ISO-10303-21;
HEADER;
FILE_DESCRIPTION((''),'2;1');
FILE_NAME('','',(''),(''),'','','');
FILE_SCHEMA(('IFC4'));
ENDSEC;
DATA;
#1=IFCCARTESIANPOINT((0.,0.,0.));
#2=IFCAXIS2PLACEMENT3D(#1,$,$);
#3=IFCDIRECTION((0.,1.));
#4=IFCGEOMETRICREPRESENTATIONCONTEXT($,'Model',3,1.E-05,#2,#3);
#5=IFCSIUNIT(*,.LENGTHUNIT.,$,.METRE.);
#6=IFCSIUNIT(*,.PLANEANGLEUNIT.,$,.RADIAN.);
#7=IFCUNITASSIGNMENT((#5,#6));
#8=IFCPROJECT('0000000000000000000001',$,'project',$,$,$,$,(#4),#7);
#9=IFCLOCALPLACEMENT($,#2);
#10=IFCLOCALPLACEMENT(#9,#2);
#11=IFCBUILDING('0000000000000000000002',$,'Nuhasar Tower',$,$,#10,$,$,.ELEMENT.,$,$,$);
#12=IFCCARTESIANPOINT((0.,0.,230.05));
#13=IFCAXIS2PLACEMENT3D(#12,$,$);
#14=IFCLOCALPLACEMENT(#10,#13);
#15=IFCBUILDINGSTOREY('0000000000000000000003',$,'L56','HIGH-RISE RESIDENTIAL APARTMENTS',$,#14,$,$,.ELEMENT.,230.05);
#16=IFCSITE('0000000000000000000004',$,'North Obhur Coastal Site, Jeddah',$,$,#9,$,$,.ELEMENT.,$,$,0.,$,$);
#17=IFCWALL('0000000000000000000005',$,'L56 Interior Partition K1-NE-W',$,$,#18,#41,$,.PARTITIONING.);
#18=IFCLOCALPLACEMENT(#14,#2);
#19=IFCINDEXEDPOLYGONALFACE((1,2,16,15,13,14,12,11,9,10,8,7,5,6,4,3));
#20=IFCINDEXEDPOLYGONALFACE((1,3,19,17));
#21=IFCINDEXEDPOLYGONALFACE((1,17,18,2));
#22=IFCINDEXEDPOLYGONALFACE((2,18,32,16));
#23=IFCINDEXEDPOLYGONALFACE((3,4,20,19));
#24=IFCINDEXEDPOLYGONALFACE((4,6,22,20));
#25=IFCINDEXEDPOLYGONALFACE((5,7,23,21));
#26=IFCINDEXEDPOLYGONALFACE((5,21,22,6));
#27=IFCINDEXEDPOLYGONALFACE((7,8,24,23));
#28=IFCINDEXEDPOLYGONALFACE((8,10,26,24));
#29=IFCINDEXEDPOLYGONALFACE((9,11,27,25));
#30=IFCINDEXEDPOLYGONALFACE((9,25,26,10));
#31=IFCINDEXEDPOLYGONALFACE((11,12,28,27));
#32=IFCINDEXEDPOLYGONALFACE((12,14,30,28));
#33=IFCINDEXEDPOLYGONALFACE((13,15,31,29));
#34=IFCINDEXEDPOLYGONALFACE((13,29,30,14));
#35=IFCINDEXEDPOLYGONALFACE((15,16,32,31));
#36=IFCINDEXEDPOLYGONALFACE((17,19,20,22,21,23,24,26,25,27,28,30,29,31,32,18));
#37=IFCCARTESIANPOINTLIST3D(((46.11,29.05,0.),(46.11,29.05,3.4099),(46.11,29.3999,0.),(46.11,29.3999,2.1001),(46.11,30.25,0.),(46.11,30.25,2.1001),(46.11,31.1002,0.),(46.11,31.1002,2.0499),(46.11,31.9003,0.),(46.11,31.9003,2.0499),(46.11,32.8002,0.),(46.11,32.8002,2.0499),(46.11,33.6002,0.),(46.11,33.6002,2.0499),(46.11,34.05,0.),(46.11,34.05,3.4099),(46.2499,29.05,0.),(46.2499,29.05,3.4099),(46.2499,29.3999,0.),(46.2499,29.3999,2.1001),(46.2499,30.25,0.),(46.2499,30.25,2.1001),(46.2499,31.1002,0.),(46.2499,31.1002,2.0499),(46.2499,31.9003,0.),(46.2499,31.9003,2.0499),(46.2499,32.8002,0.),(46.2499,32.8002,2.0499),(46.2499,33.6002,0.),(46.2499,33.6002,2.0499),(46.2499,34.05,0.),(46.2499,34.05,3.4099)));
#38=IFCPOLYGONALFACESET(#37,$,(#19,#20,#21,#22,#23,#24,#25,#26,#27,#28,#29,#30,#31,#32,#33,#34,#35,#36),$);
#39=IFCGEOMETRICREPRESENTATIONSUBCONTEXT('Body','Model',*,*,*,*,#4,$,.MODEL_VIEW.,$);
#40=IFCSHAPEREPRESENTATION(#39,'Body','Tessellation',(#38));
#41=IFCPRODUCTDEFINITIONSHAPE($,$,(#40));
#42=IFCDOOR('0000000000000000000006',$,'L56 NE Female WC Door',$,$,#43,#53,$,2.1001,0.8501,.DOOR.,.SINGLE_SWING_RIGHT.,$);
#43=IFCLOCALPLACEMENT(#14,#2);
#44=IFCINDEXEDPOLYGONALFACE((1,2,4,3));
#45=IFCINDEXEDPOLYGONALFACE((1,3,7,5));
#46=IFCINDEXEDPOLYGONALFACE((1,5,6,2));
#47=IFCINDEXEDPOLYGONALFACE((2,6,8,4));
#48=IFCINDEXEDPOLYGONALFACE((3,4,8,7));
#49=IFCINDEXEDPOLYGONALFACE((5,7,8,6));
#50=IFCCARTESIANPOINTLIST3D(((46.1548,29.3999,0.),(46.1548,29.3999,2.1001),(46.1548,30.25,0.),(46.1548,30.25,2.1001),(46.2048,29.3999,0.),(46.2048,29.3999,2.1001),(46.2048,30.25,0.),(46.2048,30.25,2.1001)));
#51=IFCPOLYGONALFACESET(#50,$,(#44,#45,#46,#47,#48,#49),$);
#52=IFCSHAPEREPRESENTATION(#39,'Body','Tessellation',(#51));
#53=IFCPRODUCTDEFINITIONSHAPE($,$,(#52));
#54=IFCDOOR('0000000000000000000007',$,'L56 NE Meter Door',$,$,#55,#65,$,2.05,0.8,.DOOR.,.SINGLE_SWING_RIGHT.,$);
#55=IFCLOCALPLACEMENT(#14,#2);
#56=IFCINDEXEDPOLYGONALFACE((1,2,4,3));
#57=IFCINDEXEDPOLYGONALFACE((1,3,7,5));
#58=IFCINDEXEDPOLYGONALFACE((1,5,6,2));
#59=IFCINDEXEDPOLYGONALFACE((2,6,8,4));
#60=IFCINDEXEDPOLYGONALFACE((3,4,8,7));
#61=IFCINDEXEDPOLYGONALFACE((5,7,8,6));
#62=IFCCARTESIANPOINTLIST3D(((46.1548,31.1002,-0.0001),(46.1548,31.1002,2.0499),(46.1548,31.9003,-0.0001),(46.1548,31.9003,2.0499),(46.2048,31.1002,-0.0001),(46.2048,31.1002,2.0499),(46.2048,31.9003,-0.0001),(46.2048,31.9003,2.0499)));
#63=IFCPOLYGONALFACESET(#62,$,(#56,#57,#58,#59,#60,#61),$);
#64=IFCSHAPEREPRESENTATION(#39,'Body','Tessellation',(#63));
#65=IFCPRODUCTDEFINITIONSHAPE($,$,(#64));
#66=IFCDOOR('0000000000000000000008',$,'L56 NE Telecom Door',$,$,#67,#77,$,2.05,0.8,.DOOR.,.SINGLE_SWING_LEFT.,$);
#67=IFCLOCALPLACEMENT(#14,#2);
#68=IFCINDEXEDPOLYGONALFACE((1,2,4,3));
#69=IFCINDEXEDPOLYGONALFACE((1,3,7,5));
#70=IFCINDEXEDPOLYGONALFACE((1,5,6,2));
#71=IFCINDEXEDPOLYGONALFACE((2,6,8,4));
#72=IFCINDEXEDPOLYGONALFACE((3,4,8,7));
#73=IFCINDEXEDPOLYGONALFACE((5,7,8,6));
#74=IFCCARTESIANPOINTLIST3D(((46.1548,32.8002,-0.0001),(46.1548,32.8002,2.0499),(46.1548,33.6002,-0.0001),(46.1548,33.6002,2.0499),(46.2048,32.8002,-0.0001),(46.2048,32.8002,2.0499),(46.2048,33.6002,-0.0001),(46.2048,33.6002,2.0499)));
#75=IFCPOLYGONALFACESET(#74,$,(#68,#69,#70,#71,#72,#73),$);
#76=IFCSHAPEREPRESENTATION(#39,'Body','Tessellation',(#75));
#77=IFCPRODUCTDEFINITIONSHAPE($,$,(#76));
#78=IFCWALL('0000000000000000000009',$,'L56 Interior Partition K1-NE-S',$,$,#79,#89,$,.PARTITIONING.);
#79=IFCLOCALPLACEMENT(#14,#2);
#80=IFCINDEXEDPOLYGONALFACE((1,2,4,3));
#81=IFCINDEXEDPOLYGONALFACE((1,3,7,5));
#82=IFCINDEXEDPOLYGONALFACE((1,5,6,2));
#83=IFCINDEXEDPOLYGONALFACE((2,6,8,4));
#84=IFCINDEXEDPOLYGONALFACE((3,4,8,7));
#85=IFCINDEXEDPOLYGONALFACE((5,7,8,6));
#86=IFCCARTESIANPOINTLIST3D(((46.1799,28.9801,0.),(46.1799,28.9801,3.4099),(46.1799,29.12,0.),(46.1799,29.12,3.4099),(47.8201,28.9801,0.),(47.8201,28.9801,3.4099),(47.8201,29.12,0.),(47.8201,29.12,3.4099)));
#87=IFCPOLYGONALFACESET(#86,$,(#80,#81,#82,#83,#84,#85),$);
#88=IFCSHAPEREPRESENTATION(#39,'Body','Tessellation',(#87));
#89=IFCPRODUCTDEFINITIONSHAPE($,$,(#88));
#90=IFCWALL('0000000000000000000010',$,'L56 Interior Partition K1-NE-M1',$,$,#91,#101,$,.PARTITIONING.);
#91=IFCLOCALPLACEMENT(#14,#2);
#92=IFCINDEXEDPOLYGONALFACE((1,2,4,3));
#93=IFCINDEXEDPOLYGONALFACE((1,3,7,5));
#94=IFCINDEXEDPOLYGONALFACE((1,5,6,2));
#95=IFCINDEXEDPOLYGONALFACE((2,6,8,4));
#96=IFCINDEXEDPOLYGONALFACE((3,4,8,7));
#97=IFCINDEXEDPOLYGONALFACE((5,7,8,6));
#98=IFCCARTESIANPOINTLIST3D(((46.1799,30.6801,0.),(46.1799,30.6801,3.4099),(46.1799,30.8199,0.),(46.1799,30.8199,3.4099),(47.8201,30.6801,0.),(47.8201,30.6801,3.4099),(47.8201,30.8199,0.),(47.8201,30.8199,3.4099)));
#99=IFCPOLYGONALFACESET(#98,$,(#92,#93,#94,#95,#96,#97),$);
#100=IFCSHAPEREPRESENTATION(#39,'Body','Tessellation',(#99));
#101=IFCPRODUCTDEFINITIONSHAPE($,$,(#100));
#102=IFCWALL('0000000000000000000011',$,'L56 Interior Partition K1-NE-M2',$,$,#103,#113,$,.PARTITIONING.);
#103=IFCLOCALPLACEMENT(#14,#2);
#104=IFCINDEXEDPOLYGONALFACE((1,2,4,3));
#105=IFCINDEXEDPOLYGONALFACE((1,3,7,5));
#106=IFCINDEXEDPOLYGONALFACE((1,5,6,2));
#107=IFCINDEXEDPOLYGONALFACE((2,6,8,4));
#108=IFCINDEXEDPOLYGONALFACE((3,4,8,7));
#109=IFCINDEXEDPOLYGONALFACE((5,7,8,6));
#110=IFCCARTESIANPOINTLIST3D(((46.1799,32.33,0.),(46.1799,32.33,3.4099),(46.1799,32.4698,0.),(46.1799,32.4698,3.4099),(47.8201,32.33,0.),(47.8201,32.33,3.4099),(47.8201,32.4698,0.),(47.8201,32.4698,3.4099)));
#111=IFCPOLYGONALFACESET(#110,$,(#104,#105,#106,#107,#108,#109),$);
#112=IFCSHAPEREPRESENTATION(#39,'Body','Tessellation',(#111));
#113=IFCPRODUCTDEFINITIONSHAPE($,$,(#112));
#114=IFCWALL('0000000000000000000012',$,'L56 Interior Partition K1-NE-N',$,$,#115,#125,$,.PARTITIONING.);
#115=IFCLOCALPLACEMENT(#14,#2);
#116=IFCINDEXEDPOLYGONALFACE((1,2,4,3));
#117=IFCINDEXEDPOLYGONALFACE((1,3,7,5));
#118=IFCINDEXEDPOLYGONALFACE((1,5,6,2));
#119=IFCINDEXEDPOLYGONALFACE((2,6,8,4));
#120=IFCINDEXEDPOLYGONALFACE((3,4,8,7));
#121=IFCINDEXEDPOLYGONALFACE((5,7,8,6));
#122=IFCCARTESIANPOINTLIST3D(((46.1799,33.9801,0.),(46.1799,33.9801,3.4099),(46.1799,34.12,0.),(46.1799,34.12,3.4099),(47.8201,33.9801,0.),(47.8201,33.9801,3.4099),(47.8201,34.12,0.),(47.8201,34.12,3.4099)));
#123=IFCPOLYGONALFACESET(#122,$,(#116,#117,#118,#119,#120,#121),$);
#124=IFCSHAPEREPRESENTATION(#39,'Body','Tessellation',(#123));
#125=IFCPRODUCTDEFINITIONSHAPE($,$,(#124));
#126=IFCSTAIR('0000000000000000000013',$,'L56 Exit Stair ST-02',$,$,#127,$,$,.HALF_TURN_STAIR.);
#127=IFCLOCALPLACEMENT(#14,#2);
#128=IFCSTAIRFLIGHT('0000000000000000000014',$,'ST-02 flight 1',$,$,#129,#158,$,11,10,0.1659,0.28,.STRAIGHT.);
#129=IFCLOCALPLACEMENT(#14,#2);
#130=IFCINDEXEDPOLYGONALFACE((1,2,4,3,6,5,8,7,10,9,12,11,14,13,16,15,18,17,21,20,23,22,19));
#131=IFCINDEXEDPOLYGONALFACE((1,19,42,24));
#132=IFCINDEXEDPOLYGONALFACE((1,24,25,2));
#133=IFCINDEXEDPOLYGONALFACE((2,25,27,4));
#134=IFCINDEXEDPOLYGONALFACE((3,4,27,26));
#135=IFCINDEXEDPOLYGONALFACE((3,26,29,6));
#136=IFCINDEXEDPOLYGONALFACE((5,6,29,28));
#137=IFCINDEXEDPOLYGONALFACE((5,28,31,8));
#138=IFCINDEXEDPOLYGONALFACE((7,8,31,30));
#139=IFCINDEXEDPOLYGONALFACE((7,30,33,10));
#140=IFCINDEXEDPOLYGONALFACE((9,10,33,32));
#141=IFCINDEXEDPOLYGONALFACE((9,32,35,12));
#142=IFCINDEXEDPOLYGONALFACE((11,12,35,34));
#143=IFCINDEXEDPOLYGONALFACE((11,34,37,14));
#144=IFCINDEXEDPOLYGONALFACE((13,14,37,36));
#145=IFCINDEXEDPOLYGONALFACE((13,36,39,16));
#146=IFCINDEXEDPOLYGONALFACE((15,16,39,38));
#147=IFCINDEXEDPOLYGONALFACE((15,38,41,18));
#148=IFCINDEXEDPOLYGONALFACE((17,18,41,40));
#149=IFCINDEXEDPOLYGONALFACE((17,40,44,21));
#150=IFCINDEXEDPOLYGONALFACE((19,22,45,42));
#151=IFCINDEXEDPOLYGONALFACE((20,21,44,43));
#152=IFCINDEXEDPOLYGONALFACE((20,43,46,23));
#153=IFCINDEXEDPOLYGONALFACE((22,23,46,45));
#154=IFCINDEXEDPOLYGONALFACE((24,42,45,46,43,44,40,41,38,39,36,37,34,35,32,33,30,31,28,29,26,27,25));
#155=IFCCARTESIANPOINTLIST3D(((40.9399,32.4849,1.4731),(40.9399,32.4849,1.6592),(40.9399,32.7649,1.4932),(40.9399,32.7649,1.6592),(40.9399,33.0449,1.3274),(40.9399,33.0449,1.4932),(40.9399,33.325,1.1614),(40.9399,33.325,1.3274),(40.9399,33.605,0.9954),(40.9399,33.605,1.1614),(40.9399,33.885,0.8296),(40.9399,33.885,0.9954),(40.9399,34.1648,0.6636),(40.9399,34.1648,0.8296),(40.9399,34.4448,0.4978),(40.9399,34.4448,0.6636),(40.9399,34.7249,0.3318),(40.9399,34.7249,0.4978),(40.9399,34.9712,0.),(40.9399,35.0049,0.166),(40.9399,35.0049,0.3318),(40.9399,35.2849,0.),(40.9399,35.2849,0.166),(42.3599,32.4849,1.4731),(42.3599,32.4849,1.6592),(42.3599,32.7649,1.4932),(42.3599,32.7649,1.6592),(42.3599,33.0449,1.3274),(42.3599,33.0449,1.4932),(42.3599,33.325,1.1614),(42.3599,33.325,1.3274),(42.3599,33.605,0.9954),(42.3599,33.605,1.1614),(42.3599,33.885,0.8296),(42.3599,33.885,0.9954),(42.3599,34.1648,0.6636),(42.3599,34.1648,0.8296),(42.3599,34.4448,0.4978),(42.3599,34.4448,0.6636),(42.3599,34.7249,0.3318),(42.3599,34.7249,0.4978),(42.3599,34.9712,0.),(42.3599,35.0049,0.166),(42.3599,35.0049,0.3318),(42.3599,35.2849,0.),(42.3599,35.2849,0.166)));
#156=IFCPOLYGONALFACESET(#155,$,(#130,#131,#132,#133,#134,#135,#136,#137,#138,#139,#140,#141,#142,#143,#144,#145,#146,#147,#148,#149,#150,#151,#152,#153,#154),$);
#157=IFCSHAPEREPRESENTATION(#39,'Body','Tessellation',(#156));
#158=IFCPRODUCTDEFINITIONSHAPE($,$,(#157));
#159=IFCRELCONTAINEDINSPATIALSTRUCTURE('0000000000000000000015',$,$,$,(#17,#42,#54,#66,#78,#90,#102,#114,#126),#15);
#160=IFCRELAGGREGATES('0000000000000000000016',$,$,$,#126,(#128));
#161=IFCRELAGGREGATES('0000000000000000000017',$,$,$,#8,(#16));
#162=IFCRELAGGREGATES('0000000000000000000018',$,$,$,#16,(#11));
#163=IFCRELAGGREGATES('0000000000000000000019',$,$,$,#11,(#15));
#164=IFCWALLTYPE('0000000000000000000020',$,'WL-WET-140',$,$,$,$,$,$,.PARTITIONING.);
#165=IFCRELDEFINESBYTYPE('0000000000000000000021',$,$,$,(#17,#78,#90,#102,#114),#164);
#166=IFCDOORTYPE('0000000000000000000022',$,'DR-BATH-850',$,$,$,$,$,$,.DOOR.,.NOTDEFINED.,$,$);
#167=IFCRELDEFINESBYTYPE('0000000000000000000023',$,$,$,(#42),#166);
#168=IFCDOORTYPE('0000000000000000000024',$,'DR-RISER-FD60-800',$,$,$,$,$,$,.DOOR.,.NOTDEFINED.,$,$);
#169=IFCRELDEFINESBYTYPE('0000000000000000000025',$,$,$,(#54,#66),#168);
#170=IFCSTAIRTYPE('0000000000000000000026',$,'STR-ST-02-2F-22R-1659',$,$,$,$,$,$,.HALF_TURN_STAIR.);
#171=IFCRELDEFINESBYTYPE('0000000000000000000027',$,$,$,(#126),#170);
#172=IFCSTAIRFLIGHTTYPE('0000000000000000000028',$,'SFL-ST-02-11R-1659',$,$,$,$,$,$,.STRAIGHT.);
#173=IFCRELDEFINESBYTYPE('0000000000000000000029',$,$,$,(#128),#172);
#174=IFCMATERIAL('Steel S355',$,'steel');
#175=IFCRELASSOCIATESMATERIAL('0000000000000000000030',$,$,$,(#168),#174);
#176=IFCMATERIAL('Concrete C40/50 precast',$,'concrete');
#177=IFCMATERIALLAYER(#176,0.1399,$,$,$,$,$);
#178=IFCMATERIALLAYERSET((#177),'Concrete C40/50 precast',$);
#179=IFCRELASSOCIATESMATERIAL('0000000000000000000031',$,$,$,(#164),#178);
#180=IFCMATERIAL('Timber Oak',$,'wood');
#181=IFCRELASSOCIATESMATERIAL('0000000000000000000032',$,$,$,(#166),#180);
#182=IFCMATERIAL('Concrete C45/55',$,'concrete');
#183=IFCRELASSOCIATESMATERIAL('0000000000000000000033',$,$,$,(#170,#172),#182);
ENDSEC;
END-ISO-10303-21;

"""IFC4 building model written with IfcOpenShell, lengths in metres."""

from ifc_helpers import new_model, si_unit, direction, frame, frame_2d, origin, place, context, subcontext, project, spatial, polyline, rectangle, outline, extrude, material, layer, layer_set, type_object, element, fill, aggregate, save


model = new_model("IFC4")

# Units and contexts
model_context = context("Model", 3, precision=1e-05, world=origin(), true_north=direction((0.0, 1.0)))
body_context = subcontext(model_context, "Body", "Model", "MODEL_VIEW")
ifc_project = project(units=[si_unit("LENGTHUNIT", "METRE"), si_unit("PLANEANGLEUNIT", "RADIAN")], contexts=[model_context])

# Site, building, storey
site_placement = place(None, origin())
site = spatial("IfcSite", under=ifc_project, at=site_placement, Name="North Obhur Coastal Site, Jeddah", CompositionType="ELEMENT", RefElevation=0.0)
building_placement = place(site_placement, origin())
building = spatial("IfcBuilding", under=site, at=building_placement, Name="Nuhasar Tower", CompositionType="ELEMENT")
storey_placement = place(building_placement, frame((0.0, 0.0, 230.05)))
storey = spatial("IfcBuildingStorey", under=building, at=storey_placement, Name="L56", Description="HIGH-RISE RESIDENTIAL APARTMENTS", CompositionType="ELEMENT", Elevation=230.05)

# Shared definitions
ifc_material_1 = material(Name="Steel S355", Category="steel")

# Shared definitions
ifc_material_2 = material(Name="Concrete C45/55", Category="concrete")

# Shared definitions
door_type_1 = type_object("IfcDoorType", Name="DR-RISER-FD60-800", OperationType="NOTDEFINED", PredefinedType="DOOR", material=ifc_material_1)

# Shared definitions
ifc_material_3 = material(Name="Concrete C40/50 precast", Category="concrete")
ifc_layer_1 = layer(ifc_material_3, 0.1399)
ifc_layer_set_1 = layer_set([ifc_layer_1], Name="Concrete C40/50 precast")
wall_type_1 = type_object("IfcWallType", Name="WL-WET-140", PredefinedType="PARTITIONING", material=ifc_layer_set_1)

# Wall, openings, doors
wall_1_placement = place(storey_placement, frame((46.1799, 34.05, 0.0), z_axis=(0.0, 0.0, 1.0), x_axis=(0.0, -1.0, 0.0)))
wall_1 = element("IfcWall", 1, at=wall_1_placement, inside=storey, type_object=wall_type_1, Name="L56 Interior Partition K1-NE-W", PredefinedType="PARTITIONING", context=body_context, shape_type="SweptSolid", body=[
    extrude(rectangle(XDim=5.0, YDim=0.1399, at=frame_2d((2.5, 0.0))), origin(), (0.0, 0.0, 1.0), 3.4099),
])
opening_1_placement = place(wall_1_placement, frame((3.8, 0.0, 0.0)))
opening_1 = element("IfcOpeningElement", 2, at=opening_1_placement, cuts=wall_1, PredefinedType="OPENING", context=body_context, shape_type="SweptSolid", body=[
    extrude(rectangle(XDim=0.8501, YDim=2.1001, at=frame_2d((0.425, 1.05))), frame((0.0, 0.0801, 0.0), z_axis=(0.0, -1.0, 0.0), x_axis=(1.0, 0.0, 0.0)), (0.0, 0.0, 1.0), 0.1599),
])
opening_2_placement = place(wall_1_placement, frame((2.1499, 0.0, 0.0)))
opening_2 = element("IfcOpeningElement", 3, at=opening_2_placement, cuts=wall_1, PredefinedType="OPENING", context=body_context, shape_type="SweptSolid", body=[
    extrude(rectangle(XDim=0.8, YDim=2.05, at=frame_2d((0.3999, 1.0249))), frame((0.0, 0.0801, 0.0), z_axis=(0.0, -1.0, 0.0), x_axis=(1.0, 0.0, 0.0)), (0.0, 0.0, 1.0), 0.1599),
])
opening_3_placement = place(wall_1_placement, frame((0.45, 0.0, 0.0)))
opening_3 = element("IfcOpeningElement", 4, at=opening_3_placement, cuts=wall_1, PredefinedType="OPENING", context=body_context, shape_type="SweptSolid", body=[
    extrude(rectangle(XDim=0.8, YDim=2.05, at=frame_2d((0.3999, 1.0249))), frame((0.0, 0.0801, 0.0), z_axis=(0.0, -1.0, 0.0), x_axis=(1.0, 0.0, 0.0)), (0.0, 0.0, 1.0), 0.1599),
])
ifc_material_4 = material(Name="Timber Oak", Category="wood")
door_type_2 = type_object("IfcDoorType", Name="DR-BATH-850", OperationType="NOTDEFINED", PredefinedType="DOOR", material=ifc_material_4)
door_1_placement = place(opening_1_placement, origin())
door_1 = element("IfcDoor", 5, at=door_1_placement, inside=storey, type_object=door_type_2, Name="L56 NE Female WC Door", OperationType="SINGLE_SWING_RIGHT", OverallHeight=2.1001, OverallWidth=0.8501, PredefinedType="DOOR", context=body_context, shape_type="SweptSolid", body=[
    extrude(rectangle(XDim=0.8501, YDim=2.1001, at=frame_2d((0.425, 1.05))), frame((0.0, 0.0249, 0.0), z_axis=(0.0, -1.0, 0.0), x_axis=(1.0, 0.0, 0.0)), (0.0, 0.0, 1.0), 0.05),
])
fill(opening_1, door_1)
door_2_placement = place(opening_2_placement, origin())
door_2 = element("IfcDoor", 6, at=door_2_placement, inside=storey, type_object=door_type_1, Name="L56 NE Meter Door", OperationType="SINGLE_SWING_RIGHT", OverallHeight=2.05, OverallWidth=0.8, PredefinedType="DOOR", context=body_context, shape_type="SweptSolid", body=[
    extrude(rectangle(XDim=0.8, YDim=2.05, at=frame_2d((0.3999, 1.0249))), frame((0.0, 0.0249, 0.0), z_axis=(0.0, -1.0, 0.0), x_axis=(1.0, 0.0, 0.0)), (0.0, 0.0, 1.0), 0.05),
])
fill(opening_2, door_2)
door_3_placement = place(opening_3_placement, origin())
door_3 = element("IfcDoor", 7, at=door_3_placement, inside=storey, type_object=door_type_1, Name="L56 NE Telecom Door", OperationType="SINGLE_SWING_LEFT", OverallHeight=2.05, OverallWidth=0.8, PredefinedType="DOOR", context=body_context, shape_type="SweptSolid", body=[
    extrude(rectangle(XDim=0.8, YDim=2.05, at=frame_2d((0.3999, 1.0249))), frame((0.0, 0.0249, 0.0), z_axis=(0.0, -1.0, 0.0), x_axis=(1.0, 0.0, 0.0)), (0.0, 0.0, 1.0), 0.05),
])
fill(opening_3, door_3)

# Walls
for number, where, z_axis, x_axis, name in (
    (8, (46.1799, 29.05, 0.0), (0.0, 0.0, 1.0), (1.0, 0.0, 0.0), "L56 Interior Partition K1-NE-S"),
    (9, (46.1799, 30.75, 0.0), (0.0, 0.0, 1.0), (1.0, 0.0, 0.0), "L56 Interior Partition K1-NE-M1"),
    (10, (46.1799, 32.3999, 0.0), (0.0, 0.0, 1.0), (1.0, 0.0, 0.0), "L56 Interior Partition K1-NE-M2"),
    (11, (46.1799, 34.05, 0.0), (0.0, 0.0, 1.0), (1.0, 0.0, 0.0), "L56 Interior Partition K1-NE-N"),
):
    element("IfcWall", number, at=place(storey_placement, frame(where, z_axis=z_axis, x_axis=x_axis)), inside=storey, type_object=wall_type_1, Name=name, PredefinedType="PARTITIONING", context=body_context, shape_type="SweptSolid", body=[
        extrude(rectangle(XDim=1.6401, YDim=0.1399, at=frame_2d((0.8201, 0.0))), origin(), (0.0, 0.0, 1.0), 3.4099),
    ])

# Stair, stair flight
stair_type_1 = type_object("IfcStairType", Name="STR-ST-02-2F-22R-1659", PredefinedType="HALF_TURN_STAIR", material=ifc_material_2)
stair_1_placement = place(storey_placement, origin())
stair_1 = element("IfcStair", 12, at=stair_1_placement, inside=storey, type_object=stair_type_1, Name="L56 Exit Stair ST-02", PredefinedType="HALF_TURN_STAIR")
stair_flight_type_1 = type_object("IfcStairFlightType", Name="SFL-ST-02-11R-1659", PredefinedType="STRAIGHT", material=ifc_material_2)
stair_flight_1_placement = place(storey_placement, frame((41.6499, 35.2849, 0.0), z_axis=(0.0, 0.0, 1.0), x_axis=(0.0, -1.0, 0.0)))
stair_flight_1 = element("IfcStairFlight", 13, at=stair_flight_1_placement, type_object=stair_flight_type_1, Name="ST-02 flight 1", NumberOfRisers=11, NumberOfTreads=10, PredefinedType="STRAIGHT", RiserHeight=0.1659, TreadLength=0.28, context=body_context, shape_type="SweptSolid", body=[
    extrude(outline(polyline([(0.0, 0.0), (0.0, 0.166), (0.28, 0.166), (0.28, 0.3318), (0.5601, 0.3318), (0.5601, 0.4978), (0.8401, 0.4978), (0.8401, 0.6636), (1.1201, 0.6636), (1.1201, 0.8296), (1.3999, 0.8296), (1.3999, 0.9954), (1.6799, 0.9954), (1.6799, 1.1614), (1.96, 1.1614), (1.96, 1.3274), (2.24, 1.3274), (2.24, 1.4932), (2.52, 1.4932), (2.52, 1.6592), (2.8, 1.6592), (2.8, 1.825), (2.8, 1.4731), (0.3137, 0.0), (0.0, 0.0)])), frame((0.0, 0.71, 0.0), z_axis=(0.0, -1.0, 0.0), x_axis=(1.0, 0.0, 0.0)), (0.0, 0.0, 1.0), 1.4199),
])
aggregate(stair_1, [stair_flight_1])

save(model, "model.ifc")
